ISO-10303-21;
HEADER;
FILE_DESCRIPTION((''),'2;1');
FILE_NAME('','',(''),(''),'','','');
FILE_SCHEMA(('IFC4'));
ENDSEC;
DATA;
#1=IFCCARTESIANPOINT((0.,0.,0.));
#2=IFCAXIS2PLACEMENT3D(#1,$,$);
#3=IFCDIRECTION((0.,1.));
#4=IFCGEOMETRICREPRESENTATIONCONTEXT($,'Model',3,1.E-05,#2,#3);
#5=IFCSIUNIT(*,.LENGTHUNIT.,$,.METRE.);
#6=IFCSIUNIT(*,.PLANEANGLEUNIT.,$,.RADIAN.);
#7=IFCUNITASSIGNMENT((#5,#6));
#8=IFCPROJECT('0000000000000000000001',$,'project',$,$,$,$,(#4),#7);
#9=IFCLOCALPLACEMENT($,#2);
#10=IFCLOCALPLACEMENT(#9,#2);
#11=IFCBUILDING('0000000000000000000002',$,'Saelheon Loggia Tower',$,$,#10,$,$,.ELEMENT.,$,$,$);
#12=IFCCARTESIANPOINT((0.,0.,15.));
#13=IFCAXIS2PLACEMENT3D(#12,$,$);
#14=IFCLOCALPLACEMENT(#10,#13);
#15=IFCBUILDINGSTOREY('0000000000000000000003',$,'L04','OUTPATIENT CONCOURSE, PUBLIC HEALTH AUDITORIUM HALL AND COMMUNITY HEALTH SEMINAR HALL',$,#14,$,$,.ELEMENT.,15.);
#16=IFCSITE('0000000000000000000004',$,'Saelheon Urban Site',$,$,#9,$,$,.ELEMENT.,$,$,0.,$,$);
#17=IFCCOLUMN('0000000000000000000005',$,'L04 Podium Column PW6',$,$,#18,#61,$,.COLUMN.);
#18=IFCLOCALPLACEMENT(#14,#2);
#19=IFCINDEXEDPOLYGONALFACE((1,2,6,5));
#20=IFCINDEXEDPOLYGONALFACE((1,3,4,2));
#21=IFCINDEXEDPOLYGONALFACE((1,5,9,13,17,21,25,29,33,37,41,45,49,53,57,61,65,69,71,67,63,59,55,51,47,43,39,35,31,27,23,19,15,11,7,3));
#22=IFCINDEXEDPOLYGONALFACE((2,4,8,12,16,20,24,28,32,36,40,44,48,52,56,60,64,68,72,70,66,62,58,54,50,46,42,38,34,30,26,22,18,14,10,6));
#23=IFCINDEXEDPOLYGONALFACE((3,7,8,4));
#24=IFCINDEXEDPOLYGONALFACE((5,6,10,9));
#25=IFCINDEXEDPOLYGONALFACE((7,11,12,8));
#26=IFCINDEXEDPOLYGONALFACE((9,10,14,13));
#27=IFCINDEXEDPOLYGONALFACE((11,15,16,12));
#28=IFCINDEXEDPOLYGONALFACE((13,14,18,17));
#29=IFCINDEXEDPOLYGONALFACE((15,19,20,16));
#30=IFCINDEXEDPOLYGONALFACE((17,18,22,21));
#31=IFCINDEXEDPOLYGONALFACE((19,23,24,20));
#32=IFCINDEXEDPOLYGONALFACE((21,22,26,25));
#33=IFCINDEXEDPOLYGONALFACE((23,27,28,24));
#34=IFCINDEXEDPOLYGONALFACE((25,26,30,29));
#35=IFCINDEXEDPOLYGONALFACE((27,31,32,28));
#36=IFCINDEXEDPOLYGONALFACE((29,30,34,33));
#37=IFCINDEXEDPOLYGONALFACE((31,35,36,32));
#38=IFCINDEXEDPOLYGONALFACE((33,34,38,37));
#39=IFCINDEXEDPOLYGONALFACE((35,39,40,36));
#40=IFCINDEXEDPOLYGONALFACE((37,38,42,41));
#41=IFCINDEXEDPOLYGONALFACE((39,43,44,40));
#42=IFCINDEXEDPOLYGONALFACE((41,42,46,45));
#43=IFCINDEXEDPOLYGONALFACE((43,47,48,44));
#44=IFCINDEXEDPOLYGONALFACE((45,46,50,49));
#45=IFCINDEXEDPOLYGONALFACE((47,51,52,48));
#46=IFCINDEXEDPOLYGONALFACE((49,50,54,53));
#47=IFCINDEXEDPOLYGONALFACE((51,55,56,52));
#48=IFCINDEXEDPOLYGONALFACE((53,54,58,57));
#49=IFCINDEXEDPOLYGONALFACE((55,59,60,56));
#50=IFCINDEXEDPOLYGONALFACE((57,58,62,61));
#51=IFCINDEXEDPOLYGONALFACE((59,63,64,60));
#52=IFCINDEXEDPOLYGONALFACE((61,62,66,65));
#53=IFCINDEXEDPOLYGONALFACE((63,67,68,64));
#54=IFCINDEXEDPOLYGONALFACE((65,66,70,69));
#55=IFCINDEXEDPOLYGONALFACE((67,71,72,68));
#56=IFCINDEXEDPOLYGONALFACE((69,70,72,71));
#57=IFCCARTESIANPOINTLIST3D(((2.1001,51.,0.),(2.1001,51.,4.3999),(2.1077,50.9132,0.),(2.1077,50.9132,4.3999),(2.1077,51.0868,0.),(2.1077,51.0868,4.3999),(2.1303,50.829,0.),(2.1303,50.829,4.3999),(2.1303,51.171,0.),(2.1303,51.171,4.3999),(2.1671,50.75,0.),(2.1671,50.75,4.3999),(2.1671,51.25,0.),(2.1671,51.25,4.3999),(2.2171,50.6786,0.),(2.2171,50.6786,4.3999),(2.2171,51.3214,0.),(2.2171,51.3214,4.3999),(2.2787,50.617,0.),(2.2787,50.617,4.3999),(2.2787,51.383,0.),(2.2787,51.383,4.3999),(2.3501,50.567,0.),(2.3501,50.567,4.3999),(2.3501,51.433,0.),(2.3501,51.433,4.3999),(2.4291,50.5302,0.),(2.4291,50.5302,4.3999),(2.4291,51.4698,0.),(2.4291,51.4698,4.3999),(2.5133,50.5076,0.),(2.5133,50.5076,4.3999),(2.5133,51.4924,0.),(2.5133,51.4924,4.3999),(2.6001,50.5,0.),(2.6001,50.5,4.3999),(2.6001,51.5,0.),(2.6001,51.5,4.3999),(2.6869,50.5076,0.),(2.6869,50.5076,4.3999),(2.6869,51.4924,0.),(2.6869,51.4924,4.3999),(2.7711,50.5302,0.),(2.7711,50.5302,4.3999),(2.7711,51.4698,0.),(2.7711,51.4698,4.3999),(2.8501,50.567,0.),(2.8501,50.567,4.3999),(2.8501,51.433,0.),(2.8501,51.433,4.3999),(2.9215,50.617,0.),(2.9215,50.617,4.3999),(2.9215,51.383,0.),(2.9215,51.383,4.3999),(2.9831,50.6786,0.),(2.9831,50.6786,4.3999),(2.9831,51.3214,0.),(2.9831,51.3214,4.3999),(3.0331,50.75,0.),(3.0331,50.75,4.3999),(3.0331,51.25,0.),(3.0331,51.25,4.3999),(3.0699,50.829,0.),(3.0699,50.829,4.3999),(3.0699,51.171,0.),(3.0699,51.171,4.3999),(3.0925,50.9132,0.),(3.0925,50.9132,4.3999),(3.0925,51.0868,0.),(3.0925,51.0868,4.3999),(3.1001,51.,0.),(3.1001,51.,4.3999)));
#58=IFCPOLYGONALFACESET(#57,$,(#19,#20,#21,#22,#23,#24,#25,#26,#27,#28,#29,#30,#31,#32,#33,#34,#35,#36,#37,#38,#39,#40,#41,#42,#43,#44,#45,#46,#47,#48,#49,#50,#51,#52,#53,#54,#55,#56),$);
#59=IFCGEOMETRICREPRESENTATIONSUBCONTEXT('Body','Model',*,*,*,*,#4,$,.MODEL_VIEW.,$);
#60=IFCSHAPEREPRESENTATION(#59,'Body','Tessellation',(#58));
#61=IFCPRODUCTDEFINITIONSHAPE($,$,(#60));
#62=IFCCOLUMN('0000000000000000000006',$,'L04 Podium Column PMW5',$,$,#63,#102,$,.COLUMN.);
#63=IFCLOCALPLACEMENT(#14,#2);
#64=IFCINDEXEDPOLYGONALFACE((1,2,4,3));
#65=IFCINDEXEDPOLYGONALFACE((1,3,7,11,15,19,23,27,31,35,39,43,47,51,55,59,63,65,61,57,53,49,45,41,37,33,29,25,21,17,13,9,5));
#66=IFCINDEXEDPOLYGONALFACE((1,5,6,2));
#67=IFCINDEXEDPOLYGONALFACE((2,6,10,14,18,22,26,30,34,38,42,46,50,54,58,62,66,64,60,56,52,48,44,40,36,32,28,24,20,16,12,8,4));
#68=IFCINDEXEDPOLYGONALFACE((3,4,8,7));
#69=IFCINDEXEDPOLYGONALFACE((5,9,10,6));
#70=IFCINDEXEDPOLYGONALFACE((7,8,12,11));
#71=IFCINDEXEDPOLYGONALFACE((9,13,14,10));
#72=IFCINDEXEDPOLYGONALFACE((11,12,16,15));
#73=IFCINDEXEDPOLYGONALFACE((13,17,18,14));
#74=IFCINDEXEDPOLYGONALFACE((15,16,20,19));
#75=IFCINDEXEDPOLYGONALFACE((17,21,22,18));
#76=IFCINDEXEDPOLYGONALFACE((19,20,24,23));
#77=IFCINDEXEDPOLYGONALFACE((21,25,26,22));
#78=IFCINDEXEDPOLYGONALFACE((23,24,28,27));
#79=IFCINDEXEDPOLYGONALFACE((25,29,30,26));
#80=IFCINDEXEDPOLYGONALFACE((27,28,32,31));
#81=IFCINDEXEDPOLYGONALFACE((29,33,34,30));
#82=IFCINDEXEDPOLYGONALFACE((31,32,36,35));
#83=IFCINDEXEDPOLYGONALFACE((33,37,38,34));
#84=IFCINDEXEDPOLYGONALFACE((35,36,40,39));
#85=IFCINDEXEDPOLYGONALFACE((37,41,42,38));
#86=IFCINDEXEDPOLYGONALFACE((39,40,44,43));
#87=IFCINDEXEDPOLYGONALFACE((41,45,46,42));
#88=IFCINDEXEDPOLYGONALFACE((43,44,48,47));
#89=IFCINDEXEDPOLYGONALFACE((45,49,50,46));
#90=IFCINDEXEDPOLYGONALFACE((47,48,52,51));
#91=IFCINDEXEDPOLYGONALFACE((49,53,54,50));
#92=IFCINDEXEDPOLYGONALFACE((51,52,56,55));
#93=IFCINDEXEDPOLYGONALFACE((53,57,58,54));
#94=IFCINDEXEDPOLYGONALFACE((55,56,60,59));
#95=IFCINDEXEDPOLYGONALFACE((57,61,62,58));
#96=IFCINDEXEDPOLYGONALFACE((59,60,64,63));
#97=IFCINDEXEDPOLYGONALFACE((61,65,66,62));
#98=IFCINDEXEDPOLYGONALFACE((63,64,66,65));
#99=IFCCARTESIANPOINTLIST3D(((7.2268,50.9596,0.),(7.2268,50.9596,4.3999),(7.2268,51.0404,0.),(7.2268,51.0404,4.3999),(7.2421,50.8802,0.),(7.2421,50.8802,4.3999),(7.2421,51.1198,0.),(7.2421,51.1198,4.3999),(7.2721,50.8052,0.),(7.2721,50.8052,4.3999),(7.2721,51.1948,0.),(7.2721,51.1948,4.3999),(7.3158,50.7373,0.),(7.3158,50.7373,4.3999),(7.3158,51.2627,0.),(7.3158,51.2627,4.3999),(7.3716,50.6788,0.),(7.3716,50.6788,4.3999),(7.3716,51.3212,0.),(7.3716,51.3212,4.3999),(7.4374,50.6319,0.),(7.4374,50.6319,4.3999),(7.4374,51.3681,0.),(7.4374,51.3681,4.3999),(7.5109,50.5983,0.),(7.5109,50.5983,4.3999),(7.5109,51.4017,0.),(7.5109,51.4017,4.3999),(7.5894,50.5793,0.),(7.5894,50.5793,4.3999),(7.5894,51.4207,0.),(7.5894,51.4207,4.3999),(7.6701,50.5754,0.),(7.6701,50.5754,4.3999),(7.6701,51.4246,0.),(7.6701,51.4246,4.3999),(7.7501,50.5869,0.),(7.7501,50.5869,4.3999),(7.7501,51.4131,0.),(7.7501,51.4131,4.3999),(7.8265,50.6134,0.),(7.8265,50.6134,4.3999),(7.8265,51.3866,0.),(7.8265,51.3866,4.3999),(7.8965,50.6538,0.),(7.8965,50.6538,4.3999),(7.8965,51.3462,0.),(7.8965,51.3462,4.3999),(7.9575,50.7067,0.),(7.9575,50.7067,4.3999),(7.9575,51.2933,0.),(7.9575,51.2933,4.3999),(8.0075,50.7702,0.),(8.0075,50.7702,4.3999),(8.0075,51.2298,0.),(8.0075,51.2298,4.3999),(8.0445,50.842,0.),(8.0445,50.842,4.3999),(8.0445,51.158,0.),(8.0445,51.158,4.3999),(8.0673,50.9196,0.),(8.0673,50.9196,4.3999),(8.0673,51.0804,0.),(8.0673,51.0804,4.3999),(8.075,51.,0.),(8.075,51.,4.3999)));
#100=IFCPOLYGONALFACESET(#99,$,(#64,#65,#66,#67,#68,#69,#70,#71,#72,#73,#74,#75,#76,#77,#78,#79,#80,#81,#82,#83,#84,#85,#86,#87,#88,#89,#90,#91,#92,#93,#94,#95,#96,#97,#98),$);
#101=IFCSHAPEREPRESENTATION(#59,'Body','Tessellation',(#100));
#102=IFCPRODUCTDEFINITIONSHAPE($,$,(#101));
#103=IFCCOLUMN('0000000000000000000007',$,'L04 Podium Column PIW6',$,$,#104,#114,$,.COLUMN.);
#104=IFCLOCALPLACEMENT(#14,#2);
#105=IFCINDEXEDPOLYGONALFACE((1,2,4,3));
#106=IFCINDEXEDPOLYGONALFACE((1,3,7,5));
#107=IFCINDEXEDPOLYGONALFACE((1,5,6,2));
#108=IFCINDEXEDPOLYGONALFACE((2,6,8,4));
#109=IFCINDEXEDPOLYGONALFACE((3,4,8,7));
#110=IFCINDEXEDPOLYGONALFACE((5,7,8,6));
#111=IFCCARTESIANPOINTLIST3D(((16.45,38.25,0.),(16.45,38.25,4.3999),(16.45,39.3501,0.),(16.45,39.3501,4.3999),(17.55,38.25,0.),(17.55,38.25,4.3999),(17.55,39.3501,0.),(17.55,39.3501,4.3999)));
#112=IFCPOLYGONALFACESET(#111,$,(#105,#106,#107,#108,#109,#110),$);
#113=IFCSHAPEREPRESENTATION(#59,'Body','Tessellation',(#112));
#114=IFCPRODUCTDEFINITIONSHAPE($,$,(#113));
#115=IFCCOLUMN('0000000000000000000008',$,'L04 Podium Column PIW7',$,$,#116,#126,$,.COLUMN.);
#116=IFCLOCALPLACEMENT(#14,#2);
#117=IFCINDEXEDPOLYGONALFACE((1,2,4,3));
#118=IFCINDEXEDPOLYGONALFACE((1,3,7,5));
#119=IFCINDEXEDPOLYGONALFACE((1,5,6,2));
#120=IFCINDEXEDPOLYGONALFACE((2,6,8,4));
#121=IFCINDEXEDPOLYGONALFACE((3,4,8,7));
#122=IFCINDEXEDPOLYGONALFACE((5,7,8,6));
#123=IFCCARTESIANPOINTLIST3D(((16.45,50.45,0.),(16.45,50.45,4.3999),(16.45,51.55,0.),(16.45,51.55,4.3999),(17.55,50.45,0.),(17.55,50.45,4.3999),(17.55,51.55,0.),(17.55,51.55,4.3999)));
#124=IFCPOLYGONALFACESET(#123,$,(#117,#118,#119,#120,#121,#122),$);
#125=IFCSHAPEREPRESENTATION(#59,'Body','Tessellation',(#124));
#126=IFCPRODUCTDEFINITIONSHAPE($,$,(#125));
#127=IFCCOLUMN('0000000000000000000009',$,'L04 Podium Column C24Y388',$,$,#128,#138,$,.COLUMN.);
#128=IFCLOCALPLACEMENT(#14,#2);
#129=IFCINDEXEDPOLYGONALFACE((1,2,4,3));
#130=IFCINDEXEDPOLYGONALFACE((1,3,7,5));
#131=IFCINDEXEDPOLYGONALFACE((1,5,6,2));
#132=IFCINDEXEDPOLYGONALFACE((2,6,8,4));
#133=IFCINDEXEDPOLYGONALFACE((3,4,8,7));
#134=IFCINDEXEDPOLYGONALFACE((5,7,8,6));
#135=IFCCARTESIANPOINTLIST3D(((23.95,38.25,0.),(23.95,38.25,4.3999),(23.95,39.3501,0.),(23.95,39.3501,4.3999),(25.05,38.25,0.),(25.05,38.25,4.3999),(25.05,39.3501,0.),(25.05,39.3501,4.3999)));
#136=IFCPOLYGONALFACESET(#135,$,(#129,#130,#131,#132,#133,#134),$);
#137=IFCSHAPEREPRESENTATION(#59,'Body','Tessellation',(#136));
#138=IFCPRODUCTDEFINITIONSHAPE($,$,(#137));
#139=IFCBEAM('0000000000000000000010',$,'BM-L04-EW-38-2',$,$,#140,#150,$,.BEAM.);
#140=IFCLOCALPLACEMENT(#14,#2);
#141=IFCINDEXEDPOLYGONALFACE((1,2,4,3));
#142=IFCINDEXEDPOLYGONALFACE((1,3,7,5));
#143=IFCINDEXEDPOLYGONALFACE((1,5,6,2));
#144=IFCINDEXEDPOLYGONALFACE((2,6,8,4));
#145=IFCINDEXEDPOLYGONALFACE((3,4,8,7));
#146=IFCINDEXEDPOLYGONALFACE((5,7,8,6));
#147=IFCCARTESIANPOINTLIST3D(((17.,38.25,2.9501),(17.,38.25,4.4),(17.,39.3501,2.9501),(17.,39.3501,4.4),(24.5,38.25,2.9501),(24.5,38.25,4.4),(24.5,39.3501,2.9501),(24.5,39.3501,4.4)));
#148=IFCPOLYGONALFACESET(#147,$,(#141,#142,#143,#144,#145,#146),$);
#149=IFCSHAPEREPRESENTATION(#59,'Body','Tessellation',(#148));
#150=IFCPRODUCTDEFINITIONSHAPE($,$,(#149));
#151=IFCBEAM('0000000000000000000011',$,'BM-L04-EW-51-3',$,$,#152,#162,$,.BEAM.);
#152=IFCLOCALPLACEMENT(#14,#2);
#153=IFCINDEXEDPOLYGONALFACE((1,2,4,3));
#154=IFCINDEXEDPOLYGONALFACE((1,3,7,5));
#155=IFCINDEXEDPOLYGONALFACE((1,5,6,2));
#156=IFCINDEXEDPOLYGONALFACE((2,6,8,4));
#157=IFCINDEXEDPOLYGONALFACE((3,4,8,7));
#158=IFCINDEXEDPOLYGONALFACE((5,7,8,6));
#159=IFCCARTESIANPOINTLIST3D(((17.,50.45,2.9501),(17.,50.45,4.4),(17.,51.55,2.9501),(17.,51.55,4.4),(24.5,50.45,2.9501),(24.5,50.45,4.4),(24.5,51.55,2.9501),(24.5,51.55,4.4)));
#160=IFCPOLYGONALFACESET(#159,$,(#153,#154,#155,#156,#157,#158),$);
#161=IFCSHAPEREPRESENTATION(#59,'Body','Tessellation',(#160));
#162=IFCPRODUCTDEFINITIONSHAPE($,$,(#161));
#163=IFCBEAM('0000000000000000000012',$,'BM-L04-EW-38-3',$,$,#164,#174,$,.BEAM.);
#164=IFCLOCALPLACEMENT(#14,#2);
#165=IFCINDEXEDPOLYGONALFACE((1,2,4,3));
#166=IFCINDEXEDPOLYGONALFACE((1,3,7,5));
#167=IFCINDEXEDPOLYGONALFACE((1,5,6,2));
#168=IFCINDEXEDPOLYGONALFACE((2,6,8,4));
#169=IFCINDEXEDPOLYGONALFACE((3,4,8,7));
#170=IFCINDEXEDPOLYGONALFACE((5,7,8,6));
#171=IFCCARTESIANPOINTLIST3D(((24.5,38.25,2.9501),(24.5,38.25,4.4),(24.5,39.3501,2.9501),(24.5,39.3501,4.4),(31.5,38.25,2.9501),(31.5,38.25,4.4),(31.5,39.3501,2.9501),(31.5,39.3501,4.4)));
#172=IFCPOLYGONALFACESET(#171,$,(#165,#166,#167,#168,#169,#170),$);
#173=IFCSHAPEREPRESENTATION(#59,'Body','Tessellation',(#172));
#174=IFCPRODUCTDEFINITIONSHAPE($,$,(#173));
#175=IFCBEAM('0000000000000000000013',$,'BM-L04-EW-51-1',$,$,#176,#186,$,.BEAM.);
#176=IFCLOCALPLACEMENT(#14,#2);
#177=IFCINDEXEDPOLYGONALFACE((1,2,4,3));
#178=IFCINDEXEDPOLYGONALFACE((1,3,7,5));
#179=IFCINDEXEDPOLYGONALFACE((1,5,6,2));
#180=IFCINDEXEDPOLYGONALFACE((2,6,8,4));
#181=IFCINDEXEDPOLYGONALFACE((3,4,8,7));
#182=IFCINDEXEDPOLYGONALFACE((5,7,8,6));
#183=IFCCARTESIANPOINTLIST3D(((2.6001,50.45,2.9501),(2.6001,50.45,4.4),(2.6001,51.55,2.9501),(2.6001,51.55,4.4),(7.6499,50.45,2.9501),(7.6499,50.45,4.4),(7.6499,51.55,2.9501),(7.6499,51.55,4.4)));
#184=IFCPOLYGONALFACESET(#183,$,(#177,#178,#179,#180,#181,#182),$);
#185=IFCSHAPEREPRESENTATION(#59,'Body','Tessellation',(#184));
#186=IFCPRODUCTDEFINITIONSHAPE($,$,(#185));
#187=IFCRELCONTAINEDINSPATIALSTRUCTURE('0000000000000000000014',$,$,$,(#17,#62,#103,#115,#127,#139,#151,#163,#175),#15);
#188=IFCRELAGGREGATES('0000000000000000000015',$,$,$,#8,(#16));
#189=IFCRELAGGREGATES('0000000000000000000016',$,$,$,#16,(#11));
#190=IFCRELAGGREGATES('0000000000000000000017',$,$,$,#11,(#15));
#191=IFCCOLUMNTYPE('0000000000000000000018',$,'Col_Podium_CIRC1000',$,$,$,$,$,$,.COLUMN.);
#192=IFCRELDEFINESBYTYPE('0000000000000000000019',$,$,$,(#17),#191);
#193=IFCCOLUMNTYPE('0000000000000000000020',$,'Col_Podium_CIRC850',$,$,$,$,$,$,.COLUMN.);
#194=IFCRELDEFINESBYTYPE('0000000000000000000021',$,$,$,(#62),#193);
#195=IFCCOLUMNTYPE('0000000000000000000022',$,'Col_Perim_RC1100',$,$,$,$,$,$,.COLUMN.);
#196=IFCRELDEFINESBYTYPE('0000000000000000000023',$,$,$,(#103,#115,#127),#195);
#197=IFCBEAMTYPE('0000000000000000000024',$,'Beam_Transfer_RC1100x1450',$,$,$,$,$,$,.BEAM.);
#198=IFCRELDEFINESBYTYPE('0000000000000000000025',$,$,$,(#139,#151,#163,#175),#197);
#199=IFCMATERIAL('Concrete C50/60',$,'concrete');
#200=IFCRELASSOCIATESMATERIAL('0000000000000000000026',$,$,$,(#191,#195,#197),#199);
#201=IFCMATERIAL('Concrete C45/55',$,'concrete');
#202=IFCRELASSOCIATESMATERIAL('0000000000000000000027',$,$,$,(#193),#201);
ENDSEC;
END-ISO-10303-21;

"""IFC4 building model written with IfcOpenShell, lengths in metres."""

from ifc_helpers import new_model, si_unit, direction, frame, origin, origin_2d, place, context, subcontext, project, spatial, rectangle, circle, extrude, source, transform, mapped, material, material_profile, profile_set, type_object, element, save


model = new_model("IFC4")

# Units and contexts
model_context = context("Model", 3, precision=1e-05, world=origin(), true_north=direction((0.0, 1.0)))
body_context = subcontext(model_context, "Body", "Model", "MODEL_VIEW")
ifc_project = project(units=[si_unit("LENGTHUNIT", "METRE"), si_unit("PLANEANGLEUNIT", "RADIAN")], contexts=[model_context])

# Site, building, storey
site_placement = place(None, origin())
site = spatial("IfcSite", under=ifc_project, at=site_placement, Name="Saelheon Urban Site", CompositionType="ELEMENT", RefElevation=0.0)
building_placement = place(site_placement, origin())
building = spatial("IfcBuilding", under=site, at=building_placement, Name="Saelheon Loggia Tower", CompositionType="ELEMENT")
storey_placement = place(building_placement, frame((0.0, 0.0, 15.0)))
storey = spatial("IfcBuildingStorey", under=building, at=storey_placement, Name="L04", Description="OUTPATIENT CONCOURSE, PUBLIC HEALTH AUDITORIUM HALL AND COMMUNITY HEALTH SEMINAR HALL", CompositionType="ELEMENT", Elevation=15.0)

# Columns
ifc_material_1 = material(Name="Concrete C50/60", Category="concrete")
ifc_material_profile_1 = material_profile(ifc_material_1, circle(Radius=0.5, at=origin_2d()), Name="CIRC-1000")
ifc_profile_set_1 = profile_set([ifc_material_profile_1], Name="Concrete C50/60")
column_type_1 = type_object("IfcColumnType", Name="Col_Podium_CIRC1000", PredefinedType="COLUMN", material=ifc_profile_set_1)
shared_shape_1 = source(origin(), body_context, "Body", "SweptSolid", [
    extrude(circle(Radius=0.5, at=origin_2d()), origin(), (0.0, 0.0, 1.0), 4.3999),
])
column_1_placement = place(storey_placement, frame((2.6001, 51.0, 0.0), z_axis=(0.0, 0.0, 1.0), x_axis=(1.0, 0.0, 0.0)))
element("IfcColumn", 1, at=column_1_placement, inside=storey, type_object=column_type_1, Name="L04 Podium Column PW6", PredefinedType="COLUMN", context=body_context, shape_type="MappedRepresentation", body=[
    mapped(shared_shape_1, transform((0.0, 0.0, 0.0), scale=1.0)),
])
ifc_material_2 = material(Name="Concrete C45/55", Category="concrete")
ifc_material_profile_2 = material_profile(ifc_material_2, circle(Radius=0.425, at=origin_2d()), Name="CIRC-850")
ifc_profile_set_2 = profile_set([ifc_material_profile_2], Name="Concrete C45/55")
column_type_2 = type_object("IfcColumnType", Name="Col_Podium_CIRC850", PredefinedType="COLUMN", material=ifc_profile_set_2)
shared_shape_2 = source(origin(), body_context, "Body", "SweptSolid", [
    extrude(circle(Radius=0.425, at=origin_2d()), origin(), (0.0, 0.0, 1.0), 4.3999),
])
column_2_placement = place(storey_placement, frame((7.6499, 51.0, 0.0), z_axis=(0.0, 0.0, 1.0), x_axis=(1.0, 0.0, 0.0)))
element("IfcColumn", 2, at=column_2_placement, inside=storey, type_object=column_type_2, Name="L04 Podium Column PMW5", PredefinedType="COLUMN", context=body_context, shape_type="MappedRepresentation", body=[
    mapped(shared_shape_2, transform((0.0, 0.0, 0.0), scale=1.0)),
])
ifc_material_profile_3 = material_profile(ifc_material_1, rectangle(XDim=1.1001, YDim=1.1001, at=origin_2d()), Name="RC-1100x1100")
ifc_profile_set_3 = profile_set([ifc_material_profile_3], Name="Concrete C50/60")
column_type_3 = type_object("IfcColumnType", Name="Col_Perim_RC1100", PredefinedType="COLUMN", material=ifc_profile_set_3)
shared_shape_3 = source(origin(), body_context, "Body", "SweptSolid", [
    extrude(rectangle(XDim=1.1001, YDim=1.1001, at=origin_2d()), origin(), (0.0, 0.0, 1.0), 4.3999),
])
for number, where, z_axis, x_axis, name in (
    (3, (17.0, 38.8, 0.0), (0.0, 0.0, 1.0), (1.0, 0.0, 0.0), "L04 Podium Column PIW6"),
    (4, (17.0, 51.0, 0.0), (0.0, 0.0, 1.0), (1.0, 0.0, 0.0), "L04 Podium Column PIW7"),
    (5, (24.5, 38.8, 0.0), (0.0, 0.0, 1.0), (1.0, 0.0, 0.0), "L04 Podium Column C24Y388"),
):
    element("IfcColumn", number, at=place(storey_placement, frame(where, z_axis=z_axis, x_axis=x_axis)), inside=storey, type_object=column_type_3, Name=name, PredefinedType="COLUMN", context=body_context, shape_type="MappedRepresentation", body=[
        mapped(shared_shape_3, transform((0.0, 0.0, 0.0), scale=1.0)),
    ])

# Beams
ifc_material_profile_4 = material_profile(ifc_material_1, rectangle(XDim=1.1001, YDim=1.45, at=origin_2d()), Name="RC-1100x1450")
ifc_profile_set_4 = profile_set([ifc_material_profile_4], Name="Concrete C50/60")
beam_type = type_object("IfcBeamType", Name="Beam_Transfer_RC1100x1450", PredefinedType="BEAM", material=ifc_profile_set_4)
shared_shape_4 = source(origin(), body_context, "Body", "SweptSolid", [
    extrude(rectangle(XDim=1.1001, YDim=1.45, at=origin_2d()), origin(), (0.0, 0.0, 1.0), 7.5),
])
for number, where, z_axis, x_axis, name in (
    (6, (17.0, 38.8, 3.675), (1.0, 0.0, 0.0), (0.0, 1.0, 0.0), "BM-L04-EW-38-2"),
    (7, (17.0, 51.0, 3.675), (1.0, 0.0, 0.0), (0.0, 1.0, 0.0), "BM-L04-EW-51-3"),
):
    element("IfcBeam", number, at=place(storey_placement, frame(where, z_axis=z_axis, x_axis=x_axis)), inside=storey, type_object=beam_type, Name=name, PredefinedType="BEAM", context=body_context, shape_type="MappedRepresentation", body=[
        mapped(shared_shape_4, transform((0.0, 0.0, 0.0), scale=1.0)),
    ])
shared_shape_5 = source(origin(), body_context, "Body", "SweptSolid", [
    extrude(rectangle(XDim=1.1001, YDim=1.45, at=origin_2d()), origin(), (0.0, 0.0, 1.0), 7.0),
])
beam_1_placement = place(storey_placement, frame((24.5, 38.8, 3.675), z_axis=(1.0, 0.0, 0.0), x_axis=(0.0, 1.0, 0.0)))
element("IfcBeam", 8, at=beam_1_placement, inside=storey, type_object=beam_type, Name="BM-L04-EW-38-3", PredefinedType="BEAM", context=body_context, shape_type="MappedRepresentation", body=[
    mapped(shared_shape_5, transform((0.0, 0.0, 0.0), scale=1.0)),
])
shared_shape_6 = source(origin(), body_context, "Body", "SweptSolid", [
    extrude(rectangle(XDim=1.1001, YDim=1.45, at=origin_2d()), origin(), (0.0, 0.0, 1.0), 5.0498),
])
beam_2_placement = place(storey_placement, frame((2.6001, 51.0, 3.675), z_axis=(1.0, 0.0, 0.0), x_axis=(0.0, 1.0, 0.0)))
element("IfcBeam", 9, at=beam_2_placement, inside=storey, type_object=beam_type, Name="BM-L04-EW-51-1", PredefinedType="BEAM", context=body_context, shape_type="MappedRepresentation", body=[
    mapped(shared_shape_6, transform((0.0, 0.0, 0.0), scale=1.0)),
])

save(model, "model.ifc")
